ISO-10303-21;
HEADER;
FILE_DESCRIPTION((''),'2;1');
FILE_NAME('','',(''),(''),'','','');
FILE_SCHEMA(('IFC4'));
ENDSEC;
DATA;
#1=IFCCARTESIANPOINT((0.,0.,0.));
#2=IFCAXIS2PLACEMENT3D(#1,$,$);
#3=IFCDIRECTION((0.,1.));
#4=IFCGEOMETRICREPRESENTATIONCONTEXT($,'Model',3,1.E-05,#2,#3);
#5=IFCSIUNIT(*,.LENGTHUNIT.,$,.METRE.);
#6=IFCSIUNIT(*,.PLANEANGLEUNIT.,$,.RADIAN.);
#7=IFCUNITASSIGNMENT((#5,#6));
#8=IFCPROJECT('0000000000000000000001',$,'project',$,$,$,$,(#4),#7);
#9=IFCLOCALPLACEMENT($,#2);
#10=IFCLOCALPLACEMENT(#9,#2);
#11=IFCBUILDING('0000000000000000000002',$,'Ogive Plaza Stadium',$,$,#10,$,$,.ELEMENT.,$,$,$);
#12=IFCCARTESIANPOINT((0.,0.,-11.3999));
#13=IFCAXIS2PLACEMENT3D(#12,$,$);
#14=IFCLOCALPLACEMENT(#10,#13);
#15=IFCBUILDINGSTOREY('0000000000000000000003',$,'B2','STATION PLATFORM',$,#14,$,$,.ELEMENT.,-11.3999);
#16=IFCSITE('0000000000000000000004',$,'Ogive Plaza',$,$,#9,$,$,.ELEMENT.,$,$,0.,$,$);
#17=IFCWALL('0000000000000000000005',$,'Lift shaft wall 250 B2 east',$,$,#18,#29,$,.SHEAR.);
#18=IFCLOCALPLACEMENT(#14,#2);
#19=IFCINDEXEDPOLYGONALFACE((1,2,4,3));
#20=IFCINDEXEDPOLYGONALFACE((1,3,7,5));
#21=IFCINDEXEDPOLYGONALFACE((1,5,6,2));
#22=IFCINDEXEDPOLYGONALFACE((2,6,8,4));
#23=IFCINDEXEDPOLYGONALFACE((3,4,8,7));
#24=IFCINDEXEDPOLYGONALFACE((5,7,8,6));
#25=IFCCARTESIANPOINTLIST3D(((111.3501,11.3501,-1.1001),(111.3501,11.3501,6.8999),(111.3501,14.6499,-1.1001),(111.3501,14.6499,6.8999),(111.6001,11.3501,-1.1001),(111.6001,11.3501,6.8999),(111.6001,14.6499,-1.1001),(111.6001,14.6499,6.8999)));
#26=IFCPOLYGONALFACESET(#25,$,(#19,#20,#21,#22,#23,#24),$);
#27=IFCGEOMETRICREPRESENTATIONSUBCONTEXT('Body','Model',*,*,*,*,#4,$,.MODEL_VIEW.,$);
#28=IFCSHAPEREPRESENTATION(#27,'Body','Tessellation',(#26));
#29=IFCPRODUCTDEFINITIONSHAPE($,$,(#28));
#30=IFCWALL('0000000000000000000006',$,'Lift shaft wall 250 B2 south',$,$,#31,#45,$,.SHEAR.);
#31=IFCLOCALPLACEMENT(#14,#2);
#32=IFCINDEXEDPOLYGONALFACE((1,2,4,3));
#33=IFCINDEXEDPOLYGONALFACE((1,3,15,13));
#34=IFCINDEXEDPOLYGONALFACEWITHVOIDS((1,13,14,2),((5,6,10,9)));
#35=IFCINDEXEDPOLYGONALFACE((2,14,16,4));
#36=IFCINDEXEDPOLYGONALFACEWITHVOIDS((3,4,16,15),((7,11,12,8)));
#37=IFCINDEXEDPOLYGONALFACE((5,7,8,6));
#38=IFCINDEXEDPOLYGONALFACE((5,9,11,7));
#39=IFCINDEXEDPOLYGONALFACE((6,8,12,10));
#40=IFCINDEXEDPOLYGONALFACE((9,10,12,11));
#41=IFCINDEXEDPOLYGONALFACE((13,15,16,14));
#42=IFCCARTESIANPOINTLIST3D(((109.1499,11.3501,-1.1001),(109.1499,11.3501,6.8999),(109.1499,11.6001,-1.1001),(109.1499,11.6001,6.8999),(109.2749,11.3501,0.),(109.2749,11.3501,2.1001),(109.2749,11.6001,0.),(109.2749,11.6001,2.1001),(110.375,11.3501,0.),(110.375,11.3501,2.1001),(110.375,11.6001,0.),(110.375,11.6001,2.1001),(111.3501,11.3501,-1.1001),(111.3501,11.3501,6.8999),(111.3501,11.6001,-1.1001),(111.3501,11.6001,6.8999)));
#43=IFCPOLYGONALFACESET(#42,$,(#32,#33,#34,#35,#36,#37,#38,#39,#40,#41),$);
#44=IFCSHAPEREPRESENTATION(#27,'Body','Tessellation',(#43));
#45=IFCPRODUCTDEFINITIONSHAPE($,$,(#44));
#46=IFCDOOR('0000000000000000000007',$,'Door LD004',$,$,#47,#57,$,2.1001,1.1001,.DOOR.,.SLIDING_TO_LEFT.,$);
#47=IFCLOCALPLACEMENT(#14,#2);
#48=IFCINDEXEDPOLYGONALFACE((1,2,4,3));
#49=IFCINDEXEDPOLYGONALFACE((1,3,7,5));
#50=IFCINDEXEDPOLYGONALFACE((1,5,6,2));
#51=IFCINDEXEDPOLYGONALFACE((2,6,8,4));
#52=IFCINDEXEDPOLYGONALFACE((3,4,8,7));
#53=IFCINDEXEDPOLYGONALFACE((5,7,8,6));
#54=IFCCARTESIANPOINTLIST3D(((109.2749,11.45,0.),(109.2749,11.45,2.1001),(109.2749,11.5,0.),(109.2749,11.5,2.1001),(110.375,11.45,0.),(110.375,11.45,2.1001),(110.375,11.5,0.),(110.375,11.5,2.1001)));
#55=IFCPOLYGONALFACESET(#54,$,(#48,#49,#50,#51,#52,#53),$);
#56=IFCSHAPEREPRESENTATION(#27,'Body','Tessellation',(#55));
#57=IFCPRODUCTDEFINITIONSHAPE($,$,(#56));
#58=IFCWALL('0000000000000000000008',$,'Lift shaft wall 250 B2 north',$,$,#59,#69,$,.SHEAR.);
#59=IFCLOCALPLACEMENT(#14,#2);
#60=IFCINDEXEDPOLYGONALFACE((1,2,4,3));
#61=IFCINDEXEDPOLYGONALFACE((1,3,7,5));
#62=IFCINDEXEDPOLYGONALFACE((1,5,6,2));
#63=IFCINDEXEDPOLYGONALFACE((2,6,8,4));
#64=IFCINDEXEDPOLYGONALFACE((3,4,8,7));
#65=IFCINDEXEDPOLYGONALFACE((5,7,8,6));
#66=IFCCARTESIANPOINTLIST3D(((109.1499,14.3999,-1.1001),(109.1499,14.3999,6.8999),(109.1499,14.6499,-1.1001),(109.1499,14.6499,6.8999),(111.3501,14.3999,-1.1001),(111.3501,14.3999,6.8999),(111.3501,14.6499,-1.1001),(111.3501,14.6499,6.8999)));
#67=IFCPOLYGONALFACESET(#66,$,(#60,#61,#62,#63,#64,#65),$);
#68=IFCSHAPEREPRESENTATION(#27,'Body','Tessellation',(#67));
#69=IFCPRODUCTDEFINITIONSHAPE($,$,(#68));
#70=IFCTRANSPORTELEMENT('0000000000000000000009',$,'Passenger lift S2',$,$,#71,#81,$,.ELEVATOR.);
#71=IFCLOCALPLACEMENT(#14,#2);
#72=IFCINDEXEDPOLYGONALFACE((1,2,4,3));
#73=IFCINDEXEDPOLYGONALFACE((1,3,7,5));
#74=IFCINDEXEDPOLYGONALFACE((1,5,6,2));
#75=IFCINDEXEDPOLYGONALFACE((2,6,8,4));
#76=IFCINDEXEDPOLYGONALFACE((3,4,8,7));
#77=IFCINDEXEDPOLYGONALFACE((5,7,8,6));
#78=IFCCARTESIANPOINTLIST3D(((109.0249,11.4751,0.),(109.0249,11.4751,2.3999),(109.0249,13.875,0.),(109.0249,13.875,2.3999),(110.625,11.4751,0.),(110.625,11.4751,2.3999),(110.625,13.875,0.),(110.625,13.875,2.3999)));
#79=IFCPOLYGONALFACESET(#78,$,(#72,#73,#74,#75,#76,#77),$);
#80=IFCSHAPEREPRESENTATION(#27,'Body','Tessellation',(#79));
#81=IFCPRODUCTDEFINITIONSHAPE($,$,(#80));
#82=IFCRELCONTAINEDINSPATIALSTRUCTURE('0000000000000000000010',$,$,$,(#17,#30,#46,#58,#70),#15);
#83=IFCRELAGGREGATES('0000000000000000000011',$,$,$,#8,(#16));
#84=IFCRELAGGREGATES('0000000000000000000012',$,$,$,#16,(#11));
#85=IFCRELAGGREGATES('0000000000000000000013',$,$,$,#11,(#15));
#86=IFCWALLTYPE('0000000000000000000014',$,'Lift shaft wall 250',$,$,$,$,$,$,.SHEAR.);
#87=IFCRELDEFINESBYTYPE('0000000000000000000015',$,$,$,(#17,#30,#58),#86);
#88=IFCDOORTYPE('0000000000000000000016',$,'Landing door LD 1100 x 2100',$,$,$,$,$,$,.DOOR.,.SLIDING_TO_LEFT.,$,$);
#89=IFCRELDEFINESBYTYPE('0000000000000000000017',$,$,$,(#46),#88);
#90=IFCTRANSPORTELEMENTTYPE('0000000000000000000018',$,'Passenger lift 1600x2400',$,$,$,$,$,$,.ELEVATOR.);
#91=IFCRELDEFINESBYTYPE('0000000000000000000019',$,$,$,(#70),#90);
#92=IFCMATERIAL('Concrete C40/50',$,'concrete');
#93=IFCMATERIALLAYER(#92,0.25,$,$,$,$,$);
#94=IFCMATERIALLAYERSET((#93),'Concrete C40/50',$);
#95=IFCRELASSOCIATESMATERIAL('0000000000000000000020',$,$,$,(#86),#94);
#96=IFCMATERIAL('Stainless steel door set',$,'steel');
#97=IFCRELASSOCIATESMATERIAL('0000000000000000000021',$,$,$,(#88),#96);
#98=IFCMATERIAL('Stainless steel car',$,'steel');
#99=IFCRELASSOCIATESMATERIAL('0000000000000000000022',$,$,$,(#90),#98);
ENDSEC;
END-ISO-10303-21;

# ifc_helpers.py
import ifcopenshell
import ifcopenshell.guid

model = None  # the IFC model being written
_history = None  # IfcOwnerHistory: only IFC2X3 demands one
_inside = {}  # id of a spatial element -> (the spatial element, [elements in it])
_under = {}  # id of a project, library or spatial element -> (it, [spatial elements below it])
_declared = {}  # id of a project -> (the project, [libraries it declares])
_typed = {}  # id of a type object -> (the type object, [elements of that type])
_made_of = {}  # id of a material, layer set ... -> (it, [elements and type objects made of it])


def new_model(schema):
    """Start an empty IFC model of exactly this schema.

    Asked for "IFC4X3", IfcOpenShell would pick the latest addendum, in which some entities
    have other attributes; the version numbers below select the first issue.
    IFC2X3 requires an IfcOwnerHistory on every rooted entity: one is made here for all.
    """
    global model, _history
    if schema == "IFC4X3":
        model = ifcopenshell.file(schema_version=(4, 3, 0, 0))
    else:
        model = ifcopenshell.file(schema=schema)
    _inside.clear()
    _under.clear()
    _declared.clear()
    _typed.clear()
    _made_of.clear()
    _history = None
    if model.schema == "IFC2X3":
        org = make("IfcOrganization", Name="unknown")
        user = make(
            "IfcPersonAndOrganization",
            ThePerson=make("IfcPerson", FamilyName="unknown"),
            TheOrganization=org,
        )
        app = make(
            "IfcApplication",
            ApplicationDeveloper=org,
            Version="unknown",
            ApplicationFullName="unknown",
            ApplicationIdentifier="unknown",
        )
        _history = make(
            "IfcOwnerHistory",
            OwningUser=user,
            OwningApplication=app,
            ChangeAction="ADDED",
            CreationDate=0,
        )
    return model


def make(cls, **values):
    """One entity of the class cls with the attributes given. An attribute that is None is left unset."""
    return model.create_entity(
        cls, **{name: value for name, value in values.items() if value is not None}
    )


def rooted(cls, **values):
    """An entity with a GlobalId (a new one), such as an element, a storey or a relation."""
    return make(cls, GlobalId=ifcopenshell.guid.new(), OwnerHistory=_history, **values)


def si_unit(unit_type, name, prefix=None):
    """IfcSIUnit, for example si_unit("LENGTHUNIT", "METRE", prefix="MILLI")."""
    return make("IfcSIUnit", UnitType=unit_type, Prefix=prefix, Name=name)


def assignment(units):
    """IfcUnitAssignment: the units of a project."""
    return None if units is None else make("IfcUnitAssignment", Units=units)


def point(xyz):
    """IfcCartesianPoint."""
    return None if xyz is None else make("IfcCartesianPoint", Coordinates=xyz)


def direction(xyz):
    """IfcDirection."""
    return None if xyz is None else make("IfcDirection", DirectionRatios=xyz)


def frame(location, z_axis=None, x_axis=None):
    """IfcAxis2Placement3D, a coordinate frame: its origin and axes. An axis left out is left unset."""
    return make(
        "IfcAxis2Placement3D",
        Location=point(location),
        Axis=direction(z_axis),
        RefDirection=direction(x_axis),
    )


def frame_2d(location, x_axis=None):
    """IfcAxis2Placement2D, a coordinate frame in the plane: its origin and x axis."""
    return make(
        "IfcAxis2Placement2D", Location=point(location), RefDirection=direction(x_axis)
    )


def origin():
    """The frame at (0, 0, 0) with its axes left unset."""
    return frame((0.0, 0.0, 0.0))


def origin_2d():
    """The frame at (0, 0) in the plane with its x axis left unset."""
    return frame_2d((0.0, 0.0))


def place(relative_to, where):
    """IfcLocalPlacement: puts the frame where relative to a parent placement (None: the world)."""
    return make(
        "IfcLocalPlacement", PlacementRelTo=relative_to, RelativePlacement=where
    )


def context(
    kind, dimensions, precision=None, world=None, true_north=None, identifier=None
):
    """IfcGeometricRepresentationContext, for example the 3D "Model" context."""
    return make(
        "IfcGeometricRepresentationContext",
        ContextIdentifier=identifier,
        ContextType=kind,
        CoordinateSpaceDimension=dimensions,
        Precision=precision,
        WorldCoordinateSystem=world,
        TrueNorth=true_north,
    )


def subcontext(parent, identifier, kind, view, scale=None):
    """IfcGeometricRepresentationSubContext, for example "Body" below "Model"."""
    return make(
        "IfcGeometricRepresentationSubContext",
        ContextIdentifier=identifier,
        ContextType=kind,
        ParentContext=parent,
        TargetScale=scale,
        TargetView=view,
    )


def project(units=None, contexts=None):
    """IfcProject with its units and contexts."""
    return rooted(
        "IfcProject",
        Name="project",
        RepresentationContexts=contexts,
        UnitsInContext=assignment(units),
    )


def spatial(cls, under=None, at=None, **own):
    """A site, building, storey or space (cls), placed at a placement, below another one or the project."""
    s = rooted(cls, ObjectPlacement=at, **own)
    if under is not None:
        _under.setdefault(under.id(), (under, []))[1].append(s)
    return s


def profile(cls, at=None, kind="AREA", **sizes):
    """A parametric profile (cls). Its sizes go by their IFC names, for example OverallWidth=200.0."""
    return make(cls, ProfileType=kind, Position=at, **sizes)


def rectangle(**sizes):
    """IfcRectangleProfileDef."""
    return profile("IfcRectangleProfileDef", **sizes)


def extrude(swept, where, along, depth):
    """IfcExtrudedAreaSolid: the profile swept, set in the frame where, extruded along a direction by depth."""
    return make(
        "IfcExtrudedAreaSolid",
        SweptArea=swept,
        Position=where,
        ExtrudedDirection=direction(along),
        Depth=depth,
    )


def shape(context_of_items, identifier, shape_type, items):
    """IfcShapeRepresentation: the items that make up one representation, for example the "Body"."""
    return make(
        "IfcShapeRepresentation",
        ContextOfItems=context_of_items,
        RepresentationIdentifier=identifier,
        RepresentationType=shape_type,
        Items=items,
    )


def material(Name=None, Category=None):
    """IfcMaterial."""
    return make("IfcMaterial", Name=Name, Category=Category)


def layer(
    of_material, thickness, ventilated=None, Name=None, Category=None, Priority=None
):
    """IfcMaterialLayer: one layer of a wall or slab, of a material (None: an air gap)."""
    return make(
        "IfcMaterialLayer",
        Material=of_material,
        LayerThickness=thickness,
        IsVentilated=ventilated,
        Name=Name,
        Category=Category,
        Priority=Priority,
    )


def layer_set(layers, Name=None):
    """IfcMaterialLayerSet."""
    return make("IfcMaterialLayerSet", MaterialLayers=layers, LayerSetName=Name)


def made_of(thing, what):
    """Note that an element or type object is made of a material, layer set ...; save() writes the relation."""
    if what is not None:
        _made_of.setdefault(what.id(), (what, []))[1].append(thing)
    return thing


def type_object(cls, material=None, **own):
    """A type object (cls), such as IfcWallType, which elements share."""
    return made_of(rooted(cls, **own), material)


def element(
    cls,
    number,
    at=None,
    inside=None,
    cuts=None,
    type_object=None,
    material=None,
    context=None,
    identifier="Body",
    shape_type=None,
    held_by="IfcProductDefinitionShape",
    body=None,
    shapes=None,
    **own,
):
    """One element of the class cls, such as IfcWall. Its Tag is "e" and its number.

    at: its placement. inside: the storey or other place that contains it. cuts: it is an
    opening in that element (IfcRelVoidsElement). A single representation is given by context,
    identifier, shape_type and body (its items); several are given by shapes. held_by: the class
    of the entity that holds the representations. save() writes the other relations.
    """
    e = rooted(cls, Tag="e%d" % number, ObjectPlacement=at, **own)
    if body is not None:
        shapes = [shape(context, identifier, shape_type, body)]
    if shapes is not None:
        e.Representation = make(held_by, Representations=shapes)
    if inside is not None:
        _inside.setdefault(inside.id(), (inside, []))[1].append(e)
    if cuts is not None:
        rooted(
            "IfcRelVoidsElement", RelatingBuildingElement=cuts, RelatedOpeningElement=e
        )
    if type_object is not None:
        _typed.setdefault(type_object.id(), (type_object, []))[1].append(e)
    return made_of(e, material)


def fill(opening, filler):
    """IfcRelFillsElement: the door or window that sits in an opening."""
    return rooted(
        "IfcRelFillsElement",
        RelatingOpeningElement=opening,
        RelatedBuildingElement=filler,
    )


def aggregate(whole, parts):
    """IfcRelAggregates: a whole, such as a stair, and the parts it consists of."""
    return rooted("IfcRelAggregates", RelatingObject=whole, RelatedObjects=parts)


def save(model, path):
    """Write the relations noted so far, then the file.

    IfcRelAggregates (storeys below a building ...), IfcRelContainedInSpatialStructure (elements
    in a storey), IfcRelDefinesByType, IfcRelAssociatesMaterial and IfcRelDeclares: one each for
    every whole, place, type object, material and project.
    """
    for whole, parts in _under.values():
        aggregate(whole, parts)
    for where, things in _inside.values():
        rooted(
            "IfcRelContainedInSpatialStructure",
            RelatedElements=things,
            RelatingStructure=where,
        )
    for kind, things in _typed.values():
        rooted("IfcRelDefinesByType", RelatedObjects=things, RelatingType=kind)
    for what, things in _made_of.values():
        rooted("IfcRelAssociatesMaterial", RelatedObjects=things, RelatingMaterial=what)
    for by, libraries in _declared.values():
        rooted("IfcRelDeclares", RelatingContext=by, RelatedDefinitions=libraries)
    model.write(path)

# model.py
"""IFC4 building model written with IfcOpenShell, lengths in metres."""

from ifc_helpers import new_model, si_unit, direction, frame, frame_2d, origin, origin_2d, place, context, subcontext, project, spatial, rectangle, extrude, material, layer, layer_set, type_object, element, fill, save


model = new_model("IFC4")

# Units and contexts
model_context = context("Model", 3, precision=1e-05, world=origin(), true_north=direction((0.0, 1.0)))
body_context = subcontext(model_context, "Body", "Model", "MODEL_VIEW")
ifc_project = project(units=[si_unit("LENGTHUNIT", "METRE"), si_unit("PLANEANGLEUNIT", "RADIAN")], contexts=[model_context])

# Site, building, storey
site_placement = place(None, origin())
site = spatial("IfcSite", under=ifc_project, at=site_placement, Name="Ogive Plaza", CompositionType="ELEMENT", RefElevation=0.0)
building_placement = place(site_placement, origin())
building = spatial("IfcBuilding", under=site, at=building_placement, Name="Ogive Plaza Stadium", CompositionType="ELEMENT")
storey_placement = place(building_placement, frame((0.0, 0.0, -11.3999)))
storey = spatial("IfcBuildingStorey", under=building, at=storey_placement, Name="B2", Description="STATION PLATFORM", CompositionType="ELEMENT", Elevation=-11.3999)

# Wall
ifc_material_1 = material(Name="Concrete C40/50", Category="concrete")
ifc_layer_1 = layer(ifc_material_1, 0.25)
ifc_layer_set_1 = layer_set([ifc_layer_1], Name="Concrete C40/50")
wall_type_1 = type_object("IfcWallType", Name="Lift shaft wall 250", PredefinedType="SHEAR", material=ifc_layer_set_1)
for number, where, z_axis, x_axis, name in (
    (1, (111.4751, 11.3501, -1.1001), (0.0, 0.0, 1.0), (0.0, 1.0, 0.0), "Lift shaft wall 250 B2 east"),
):
    element("IfcWall", number, at=place(storey_placement, frame(where, z_axis=z_axis, x_axis=x_axis)), inside=storey, type_object=wall_type_1, Name=name, PredefinedType="SHEAR", context=body_context, shape_type="SweptSolid", body=[
        extrude(rectangle(XDim=3.2998, YDim=0.25, at=frame_2d((1.6499, 0.0))), origin(), (0.0, 0.0, 1.0), 8.0),
    ])

# Wall, opening, door
wall_1_placement = place(storey_placement, frame((109.1499, 11.4751, -1.1001), z_axis=(0.0, 0.0, 1.0), x_axis=(1.0, 0.0, 0.0)))
wall_1 = element("IfcWall", 2, at=wall_1_placement, inside=storey, type_object=wall_type_1, Name="Lift shaft wall 250 B2 south", PredefinedType="SHEAR", context=body_context, shape_type="SweptSolid", body=[
    extrude(rectangle(XDim=2.2002, YDim=0.25, at=frame_2d((1.1001, 0.0))), origin(), (0.0, 0.0, 1.0), 8.0),
])
opening_1_placement = place(wall_1_placement, frame((0.125, 0.0, 1.1001)))
opening_1 = element("IfcOpeningElement", 3, at=opening_1_placement, cuts=wall_1, PredefinedType="OPENING", context=body_context, shape_type="SweptSolid", body=[
    extrude(rectangle(XDim=1.1001, YDim=2.1001, at=frame_2d((0.55, 1.05))), frame((0.0, 0.125, 0.0), z_axis=(0.0, -1.0, 0.0), x_axis=(1.0, 0.0, 0.0)), (0.0, 0.0, 1.0), 0.25),
])
ifc_material_2 = material(Name="Stainless steel door set", Category="steel")
door_type = type_object("IfcDoorType", Name="Landing door LD 1100 x 2100", OperationType="SLIDING_TO_LEFT", PredefinedType="DOOR", material=ifc_material_2)
door_placement = place(opening_1_placement, origin())
door = element("IfcDoor", 4, at=door_placement, inside=storey, type_object=door_type, Name="Door LD004", OperationType="SLIDING_TO_LEFT", OverallHeight=2.1001, OverallWidth=1.1001, PredefinedType="DOOR", context=body_context, shape_type="SweptSolid", body=[
    extrude(rectangle(XDim=1.1001, YDim=2.1001, at=frame_2d((0.55, 1.05))), frame((0.0, 0.0249, 0.0), z_axis=(0.0, -1.0, 0.0), x_axis=(1.0, 0.0, 0.0)), (0.0, 0.0, 1.0), 0.05),
])
fill(opening_1, door)

# Wall
wall_2_placement = place(storey_placement, frame((109.1499, 14.5249, -1.1001), z_axis=(0.0, 0.0, 1.0), x_axis=(1.0, 0.0, 0.0)))
element("IfcWall", 5, at=wall_2_placement, inside=storey, type_object=wall_type_1, Name="Lift shaft wall 250 B2 north", PredefinedType="SHEAR", context=body_context, shape_type="SweptSolid", body=[
    extrude(rectangle(XDim=2.2002, YDim=0.25, at=frame_2d((1.1001, 0.0))), origin(), (0.0, 0.0, 1.0), 8.0),
])

# Transport element
ifc_material_3 = material(Name="Stainless steel car", Category="steel")
transport_element_type = type_object("IfcTransportElementType", Name="Passenger lift 1600x2400", PredefinedType="ELEVATOR", material=ifc_material_3)
transport_element_placement = place(storey_placement, frame((109.825, 12.675, 0.0), z_axis=(0.0, 0.0, 1.0), x_axis=(1.0, 0.0, 0.0)))
element("IfcTransportElement", 6, at=transport_element_placement, inside=storey, type_object=transport_element_type, Name="Passenger lift S2", PredefinedType="ELEVATOR", context=body_context, shape_type="SweptSolid", body=[
    extrude(rectangle(XDim=1.6001, YDim=2.3999, at=origin_2d()), origin(), (0.0, 0.0, 1.0), 2.3999),
])

save(model, "model.ifc")
